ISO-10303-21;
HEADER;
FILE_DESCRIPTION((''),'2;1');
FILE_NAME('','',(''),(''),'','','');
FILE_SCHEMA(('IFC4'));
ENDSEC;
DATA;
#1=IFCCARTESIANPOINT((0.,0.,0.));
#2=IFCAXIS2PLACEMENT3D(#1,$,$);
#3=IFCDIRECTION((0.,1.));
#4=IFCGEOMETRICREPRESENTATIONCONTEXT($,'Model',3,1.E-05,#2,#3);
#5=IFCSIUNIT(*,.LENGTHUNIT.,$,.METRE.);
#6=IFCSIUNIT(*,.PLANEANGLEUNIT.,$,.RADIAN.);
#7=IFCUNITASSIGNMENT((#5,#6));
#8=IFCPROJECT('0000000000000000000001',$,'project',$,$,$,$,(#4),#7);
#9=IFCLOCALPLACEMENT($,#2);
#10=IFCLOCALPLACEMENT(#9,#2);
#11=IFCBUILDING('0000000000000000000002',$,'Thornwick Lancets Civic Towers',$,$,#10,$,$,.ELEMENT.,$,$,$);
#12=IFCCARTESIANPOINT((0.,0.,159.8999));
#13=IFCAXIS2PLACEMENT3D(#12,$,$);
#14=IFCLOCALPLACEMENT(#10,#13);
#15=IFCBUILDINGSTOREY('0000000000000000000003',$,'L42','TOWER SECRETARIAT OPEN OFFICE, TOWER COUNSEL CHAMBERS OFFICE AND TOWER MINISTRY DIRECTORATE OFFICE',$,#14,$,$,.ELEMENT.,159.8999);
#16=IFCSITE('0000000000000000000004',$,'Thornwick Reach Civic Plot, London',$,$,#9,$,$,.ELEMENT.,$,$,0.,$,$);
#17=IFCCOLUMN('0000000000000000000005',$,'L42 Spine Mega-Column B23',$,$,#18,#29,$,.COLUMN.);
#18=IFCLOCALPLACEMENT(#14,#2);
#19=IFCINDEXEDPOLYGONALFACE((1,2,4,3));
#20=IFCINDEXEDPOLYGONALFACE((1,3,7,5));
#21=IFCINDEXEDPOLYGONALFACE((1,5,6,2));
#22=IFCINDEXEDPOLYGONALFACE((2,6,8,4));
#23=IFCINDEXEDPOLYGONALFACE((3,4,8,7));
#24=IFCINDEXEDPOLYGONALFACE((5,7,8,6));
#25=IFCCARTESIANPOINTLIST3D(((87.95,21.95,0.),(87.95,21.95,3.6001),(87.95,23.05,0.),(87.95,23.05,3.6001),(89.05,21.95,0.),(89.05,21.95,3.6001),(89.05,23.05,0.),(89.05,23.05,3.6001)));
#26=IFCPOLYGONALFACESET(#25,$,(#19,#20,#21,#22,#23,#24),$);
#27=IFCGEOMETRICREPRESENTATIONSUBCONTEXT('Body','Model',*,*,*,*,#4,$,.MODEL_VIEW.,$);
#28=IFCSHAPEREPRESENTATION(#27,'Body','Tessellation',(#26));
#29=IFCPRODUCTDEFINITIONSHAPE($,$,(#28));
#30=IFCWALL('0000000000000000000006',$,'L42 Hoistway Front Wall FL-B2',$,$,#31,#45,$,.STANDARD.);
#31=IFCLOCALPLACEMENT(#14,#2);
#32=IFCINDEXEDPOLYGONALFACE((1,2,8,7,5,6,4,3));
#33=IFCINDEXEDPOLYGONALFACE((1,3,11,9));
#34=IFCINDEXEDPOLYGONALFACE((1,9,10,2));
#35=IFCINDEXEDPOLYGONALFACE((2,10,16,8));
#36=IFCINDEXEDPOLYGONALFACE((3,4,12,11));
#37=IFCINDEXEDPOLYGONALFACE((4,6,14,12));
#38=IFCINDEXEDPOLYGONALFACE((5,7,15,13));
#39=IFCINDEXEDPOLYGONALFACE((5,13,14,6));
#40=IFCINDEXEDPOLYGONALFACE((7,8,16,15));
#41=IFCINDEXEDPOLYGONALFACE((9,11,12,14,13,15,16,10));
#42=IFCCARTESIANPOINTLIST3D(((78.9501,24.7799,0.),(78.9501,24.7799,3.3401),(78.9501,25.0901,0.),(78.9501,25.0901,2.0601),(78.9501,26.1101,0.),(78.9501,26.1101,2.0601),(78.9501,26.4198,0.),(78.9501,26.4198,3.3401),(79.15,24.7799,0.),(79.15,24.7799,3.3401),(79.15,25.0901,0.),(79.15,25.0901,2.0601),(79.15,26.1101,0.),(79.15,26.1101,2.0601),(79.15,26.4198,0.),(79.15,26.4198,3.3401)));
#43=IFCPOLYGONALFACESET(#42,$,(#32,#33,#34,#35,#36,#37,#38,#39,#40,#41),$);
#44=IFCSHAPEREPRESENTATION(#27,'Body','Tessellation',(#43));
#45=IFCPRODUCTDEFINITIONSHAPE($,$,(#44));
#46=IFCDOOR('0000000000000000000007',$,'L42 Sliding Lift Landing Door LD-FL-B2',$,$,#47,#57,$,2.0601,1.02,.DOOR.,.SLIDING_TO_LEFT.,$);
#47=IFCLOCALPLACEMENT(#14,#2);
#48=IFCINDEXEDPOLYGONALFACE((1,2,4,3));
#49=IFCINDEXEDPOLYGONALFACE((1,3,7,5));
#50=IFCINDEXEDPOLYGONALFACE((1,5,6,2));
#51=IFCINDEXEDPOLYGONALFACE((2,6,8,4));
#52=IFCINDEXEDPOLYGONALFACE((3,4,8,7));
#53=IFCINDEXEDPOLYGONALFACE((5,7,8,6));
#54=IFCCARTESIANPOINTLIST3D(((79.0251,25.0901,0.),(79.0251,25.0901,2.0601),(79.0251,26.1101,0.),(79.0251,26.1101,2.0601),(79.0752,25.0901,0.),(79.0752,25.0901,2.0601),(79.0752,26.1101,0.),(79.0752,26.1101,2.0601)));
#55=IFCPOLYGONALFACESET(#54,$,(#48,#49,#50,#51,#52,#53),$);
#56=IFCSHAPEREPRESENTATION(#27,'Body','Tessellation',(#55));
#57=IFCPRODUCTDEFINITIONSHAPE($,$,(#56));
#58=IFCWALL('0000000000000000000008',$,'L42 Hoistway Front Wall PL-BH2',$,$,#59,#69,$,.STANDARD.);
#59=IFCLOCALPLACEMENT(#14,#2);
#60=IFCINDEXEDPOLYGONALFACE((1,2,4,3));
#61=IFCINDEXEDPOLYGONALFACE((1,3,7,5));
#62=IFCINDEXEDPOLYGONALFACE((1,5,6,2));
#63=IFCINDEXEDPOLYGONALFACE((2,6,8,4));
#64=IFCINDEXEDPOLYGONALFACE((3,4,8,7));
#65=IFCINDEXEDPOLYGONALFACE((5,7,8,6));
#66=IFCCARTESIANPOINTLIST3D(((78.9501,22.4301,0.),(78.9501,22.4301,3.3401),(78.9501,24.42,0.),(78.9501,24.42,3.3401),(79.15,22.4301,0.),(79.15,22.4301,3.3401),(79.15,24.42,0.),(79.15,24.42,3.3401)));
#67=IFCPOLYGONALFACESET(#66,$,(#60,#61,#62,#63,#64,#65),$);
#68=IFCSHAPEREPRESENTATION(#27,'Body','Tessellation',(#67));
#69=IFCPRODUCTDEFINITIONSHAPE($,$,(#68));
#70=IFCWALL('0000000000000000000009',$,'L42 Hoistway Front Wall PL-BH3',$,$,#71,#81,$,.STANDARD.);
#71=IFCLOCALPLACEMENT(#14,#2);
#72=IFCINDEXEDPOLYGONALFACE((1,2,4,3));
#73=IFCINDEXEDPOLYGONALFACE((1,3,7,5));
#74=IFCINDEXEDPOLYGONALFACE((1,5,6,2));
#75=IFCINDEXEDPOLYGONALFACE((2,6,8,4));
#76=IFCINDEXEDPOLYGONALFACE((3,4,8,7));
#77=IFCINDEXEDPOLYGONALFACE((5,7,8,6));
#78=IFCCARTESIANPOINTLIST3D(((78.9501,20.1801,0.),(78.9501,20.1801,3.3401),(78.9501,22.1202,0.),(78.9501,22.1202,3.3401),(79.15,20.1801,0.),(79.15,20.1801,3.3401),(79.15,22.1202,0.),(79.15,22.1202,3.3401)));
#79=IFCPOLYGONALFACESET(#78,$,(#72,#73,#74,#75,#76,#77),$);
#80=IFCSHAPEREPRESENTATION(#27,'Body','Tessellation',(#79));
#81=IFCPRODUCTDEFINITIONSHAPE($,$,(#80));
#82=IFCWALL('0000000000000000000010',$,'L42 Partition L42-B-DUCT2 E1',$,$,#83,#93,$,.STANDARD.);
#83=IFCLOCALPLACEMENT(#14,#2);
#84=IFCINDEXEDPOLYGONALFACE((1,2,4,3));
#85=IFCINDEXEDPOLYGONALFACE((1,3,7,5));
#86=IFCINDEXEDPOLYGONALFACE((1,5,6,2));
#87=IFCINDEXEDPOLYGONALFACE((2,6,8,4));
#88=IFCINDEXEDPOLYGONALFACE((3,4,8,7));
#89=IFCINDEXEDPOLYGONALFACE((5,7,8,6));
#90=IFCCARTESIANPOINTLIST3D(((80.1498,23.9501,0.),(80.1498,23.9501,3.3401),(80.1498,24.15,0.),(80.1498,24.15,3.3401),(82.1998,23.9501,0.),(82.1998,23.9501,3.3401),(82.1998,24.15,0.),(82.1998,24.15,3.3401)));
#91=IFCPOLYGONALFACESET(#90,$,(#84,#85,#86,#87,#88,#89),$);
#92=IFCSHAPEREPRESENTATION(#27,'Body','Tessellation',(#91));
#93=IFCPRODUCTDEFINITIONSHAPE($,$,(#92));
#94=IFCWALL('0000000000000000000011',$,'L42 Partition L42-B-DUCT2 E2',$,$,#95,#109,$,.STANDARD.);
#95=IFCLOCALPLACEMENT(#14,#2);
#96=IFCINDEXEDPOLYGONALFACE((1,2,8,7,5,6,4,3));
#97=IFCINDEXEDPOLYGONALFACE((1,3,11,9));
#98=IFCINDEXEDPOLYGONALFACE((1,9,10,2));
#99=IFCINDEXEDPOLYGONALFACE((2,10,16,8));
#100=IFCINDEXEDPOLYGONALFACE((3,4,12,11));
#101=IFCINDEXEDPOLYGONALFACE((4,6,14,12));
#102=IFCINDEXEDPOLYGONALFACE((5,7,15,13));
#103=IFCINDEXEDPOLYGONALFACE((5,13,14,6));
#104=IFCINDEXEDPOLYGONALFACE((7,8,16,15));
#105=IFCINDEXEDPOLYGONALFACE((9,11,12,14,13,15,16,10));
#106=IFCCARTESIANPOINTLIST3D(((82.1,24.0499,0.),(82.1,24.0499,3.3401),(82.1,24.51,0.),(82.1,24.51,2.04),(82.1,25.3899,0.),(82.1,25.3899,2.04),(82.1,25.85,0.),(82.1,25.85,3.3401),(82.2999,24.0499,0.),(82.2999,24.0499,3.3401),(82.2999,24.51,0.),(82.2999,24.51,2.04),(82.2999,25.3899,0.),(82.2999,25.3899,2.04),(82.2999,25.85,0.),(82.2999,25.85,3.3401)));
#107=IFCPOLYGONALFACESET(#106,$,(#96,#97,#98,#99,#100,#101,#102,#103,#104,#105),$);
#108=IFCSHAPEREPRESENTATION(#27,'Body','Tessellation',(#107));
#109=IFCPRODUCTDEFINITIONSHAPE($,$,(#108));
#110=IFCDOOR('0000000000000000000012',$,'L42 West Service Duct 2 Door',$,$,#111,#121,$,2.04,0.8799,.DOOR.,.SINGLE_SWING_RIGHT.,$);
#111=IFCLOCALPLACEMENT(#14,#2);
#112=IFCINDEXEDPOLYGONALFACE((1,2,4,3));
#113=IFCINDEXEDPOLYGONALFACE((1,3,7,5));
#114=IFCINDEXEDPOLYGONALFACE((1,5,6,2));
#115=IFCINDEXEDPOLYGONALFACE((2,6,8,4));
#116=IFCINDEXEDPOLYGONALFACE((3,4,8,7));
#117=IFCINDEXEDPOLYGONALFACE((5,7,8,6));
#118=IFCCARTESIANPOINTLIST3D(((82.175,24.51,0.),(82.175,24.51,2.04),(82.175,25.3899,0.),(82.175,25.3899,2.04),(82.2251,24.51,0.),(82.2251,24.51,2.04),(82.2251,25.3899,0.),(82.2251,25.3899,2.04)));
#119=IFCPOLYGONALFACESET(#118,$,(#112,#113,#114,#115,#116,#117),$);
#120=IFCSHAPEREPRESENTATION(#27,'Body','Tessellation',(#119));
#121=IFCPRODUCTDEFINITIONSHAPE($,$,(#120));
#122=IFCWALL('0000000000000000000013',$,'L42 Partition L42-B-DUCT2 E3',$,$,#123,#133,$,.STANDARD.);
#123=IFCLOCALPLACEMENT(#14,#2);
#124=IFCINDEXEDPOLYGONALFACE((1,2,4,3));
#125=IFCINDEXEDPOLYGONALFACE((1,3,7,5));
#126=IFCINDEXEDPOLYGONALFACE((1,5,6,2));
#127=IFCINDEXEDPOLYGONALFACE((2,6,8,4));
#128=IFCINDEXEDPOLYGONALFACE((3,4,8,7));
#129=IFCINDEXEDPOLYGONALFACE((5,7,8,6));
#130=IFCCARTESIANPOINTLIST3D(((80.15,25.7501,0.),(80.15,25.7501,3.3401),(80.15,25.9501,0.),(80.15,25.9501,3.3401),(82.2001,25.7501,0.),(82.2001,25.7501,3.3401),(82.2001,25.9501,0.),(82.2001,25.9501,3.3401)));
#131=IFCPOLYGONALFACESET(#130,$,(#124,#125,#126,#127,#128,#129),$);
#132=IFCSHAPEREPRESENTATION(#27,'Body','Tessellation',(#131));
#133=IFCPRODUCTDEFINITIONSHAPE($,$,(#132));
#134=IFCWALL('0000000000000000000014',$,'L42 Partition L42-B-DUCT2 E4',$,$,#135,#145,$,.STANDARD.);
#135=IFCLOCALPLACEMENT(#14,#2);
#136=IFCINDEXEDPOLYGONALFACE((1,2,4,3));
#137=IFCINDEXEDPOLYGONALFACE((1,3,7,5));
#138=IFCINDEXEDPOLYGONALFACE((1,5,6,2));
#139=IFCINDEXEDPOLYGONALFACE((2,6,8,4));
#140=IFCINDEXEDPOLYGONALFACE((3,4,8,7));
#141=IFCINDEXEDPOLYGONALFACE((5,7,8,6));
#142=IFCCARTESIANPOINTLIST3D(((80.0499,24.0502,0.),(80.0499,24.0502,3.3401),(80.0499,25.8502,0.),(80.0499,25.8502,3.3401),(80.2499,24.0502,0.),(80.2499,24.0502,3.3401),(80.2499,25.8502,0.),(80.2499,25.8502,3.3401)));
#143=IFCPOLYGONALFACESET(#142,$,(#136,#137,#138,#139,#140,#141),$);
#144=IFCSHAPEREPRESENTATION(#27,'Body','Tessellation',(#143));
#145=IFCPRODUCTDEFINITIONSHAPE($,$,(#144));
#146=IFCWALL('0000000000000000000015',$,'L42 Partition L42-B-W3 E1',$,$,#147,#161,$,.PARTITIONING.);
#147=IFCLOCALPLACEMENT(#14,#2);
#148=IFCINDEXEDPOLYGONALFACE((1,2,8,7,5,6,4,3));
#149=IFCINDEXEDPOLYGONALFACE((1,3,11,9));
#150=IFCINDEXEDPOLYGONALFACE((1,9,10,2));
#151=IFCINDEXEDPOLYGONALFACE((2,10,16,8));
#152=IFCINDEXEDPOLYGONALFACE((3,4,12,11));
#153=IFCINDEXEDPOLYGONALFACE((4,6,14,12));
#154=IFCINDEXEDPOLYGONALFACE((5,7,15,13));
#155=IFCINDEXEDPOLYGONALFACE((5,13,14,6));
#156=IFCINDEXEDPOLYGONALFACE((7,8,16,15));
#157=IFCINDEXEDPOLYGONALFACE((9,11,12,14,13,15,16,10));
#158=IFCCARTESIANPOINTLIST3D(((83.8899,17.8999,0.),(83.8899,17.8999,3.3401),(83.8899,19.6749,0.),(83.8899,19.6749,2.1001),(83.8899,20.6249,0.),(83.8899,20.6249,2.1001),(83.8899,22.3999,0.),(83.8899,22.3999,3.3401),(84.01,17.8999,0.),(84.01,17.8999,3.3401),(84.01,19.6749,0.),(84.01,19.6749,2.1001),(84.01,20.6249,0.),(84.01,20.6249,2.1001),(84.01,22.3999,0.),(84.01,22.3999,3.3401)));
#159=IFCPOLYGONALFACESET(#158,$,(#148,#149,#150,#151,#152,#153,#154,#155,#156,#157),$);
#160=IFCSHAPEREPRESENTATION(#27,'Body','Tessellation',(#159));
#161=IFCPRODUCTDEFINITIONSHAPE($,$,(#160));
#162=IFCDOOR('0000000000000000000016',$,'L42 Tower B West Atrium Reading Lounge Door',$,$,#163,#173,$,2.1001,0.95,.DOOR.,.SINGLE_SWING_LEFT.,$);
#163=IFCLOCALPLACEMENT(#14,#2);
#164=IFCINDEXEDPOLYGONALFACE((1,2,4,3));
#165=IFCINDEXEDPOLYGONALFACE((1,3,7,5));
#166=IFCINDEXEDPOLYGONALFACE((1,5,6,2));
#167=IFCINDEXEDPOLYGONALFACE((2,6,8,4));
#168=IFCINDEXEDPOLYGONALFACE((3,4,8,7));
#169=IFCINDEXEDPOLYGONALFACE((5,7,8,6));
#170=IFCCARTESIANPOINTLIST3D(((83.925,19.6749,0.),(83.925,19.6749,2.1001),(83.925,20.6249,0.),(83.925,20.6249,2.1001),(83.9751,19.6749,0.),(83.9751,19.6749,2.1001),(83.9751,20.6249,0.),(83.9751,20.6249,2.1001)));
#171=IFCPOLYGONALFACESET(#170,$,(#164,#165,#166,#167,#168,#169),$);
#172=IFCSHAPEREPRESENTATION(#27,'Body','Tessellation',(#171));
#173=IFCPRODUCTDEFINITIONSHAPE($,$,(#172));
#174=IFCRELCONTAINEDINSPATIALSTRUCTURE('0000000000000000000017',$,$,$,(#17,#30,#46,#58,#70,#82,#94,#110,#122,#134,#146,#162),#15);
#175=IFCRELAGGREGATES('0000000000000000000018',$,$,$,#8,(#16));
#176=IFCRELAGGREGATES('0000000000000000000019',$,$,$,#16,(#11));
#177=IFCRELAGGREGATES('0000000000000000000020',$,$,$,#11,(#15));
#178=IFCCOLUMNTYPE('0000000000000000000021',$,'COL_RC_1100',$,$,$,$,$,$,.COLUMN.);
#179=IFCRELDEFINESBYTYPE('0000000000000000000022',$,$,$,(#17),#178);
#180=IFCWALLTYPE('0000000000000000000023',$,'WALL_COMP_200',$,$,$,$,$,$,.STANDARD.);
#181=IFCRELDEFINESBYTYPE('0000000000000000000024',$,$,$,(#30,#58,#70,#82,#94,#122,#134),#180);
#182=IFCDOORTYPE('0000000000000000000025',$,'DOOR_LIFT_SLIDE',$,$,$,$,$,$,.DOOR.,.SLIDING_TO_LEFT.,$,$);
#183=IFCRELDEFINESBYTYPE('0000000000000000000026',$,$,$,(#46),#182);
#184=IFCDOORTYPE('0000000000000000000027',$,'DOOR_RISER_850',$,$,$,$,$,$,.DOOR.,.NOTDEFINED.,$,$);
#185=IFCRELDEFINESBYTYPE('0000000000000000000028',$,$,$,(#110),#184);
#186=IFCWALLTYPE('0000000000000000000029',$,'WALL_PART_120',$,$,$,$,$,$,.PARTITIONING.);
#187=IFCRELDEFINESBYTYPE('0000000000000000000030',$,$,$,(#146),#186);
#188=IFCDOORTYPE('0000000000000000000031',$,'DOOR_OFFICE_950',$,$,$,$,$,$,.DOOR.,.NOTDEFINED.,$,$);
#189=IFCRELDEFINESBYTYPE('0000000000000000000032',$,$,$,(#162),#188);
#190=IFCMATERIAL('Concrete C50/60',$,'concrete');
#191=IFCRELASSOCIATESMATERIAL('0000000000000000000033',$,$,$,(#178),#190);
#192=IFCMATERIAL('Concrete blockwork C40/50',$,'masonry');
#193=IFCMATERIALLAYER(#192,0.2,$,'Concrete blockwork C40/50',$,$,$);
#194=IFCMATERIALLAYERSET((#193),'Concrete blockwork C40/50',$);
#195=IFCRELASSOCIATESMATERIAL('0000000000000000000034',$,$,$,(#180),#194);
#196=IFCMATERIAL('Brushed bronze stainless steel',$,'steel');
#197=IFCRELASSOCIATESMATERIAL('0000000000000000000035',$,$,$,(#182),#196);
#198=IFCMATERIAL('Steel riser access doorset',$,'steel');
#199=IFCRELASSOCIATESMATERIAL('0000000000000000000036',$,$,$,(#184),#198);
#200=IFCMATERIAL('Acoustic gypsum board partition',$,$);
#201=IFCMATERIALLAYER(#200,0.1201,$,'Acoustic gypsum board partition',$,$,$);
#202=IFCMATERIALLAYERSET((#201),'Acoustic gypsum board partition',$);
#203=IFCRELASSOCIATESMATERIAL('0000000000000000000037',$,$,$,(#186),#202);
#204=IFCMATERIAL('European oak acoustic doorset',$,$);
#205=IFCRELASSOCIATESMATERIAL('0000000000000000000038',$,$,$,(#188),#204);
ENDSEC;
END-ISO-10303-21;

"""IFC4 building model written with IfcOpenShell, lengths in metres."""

from ifc_helpers import new_model, si_unit, direction, frame, frame_2d, origin, origin_2d, place, context, subcontext, project, spatial, rectangle, extrude, material, layer, layer_set, material_profile, profile_set, type_object, element, fill, save


model = new_model("IFC4")

# Units and contexts
model_context = context("Model", 3, precision=1e-05, world=origin(), true_north=direction((0.0, 1.0)))
body_context = subcontext(model_context, "Body", "Model", "MODEL_VIEW")
ifc_project = project(units=[si_unit("LENGTHUNIT", "METRE"), si_unit("PLANEANGLEUNIT", "RADIAN")], contexts=[model_context])

# Site, building, storey
site_placement = place(None, origin())
site = spatial("IfcSite", under=ifc_project, at=site_placement, Name="Thornwick Reach Civic Plot, London", CompositionType="ELEMENT", RefElevation=0.0)
building_placement = place(site_placement, origin())
building = spatial("IfcBuilding", under=site, at=building_placement, Name="Thornwick Lancets Civic Towers", CompositionType="ELEMENT")
storey_placement = place(building_placement, frame((0.0, 0.0, 159.8999)))
storey = spatial("IfcBuildingStorey", under=building, at=storey_placement, Name="L42", Description="TOWER SECRETARIAT OPEN OFFICE, TOWER COUNSEL CHAMBERS OFFICE AND TOWER MINISTRY DIRECTORATE OFFICE", CompositionType="ELEMENT", Elevation=159.8999)

# Column
ifc_material_1 = material(Name="Concrete C50/60", Category="concrete")
ifc_material_profile = material_profile(ifc_material_1, rectangle(XDim=1.1001, YDim=1.1001, at=origin_2d()), Name="RC 1100x1100")
ifc_profile_set = profile_set([ifc_material_profile], Name="Concrete C50/60")
column_type = type_object("IfcColumnType", Name="COL_RC_1100", PredefinedType="COLUMN", material=ifc_profile_set)
column_placement = place(storey_placement, frame((88.5, 22.5, 0.0), z_axis=(0.0, 0.0, 1.0), x_axis=(1.0, 0.0, 0.0)))
element("IfcColumn", 1, at=column_placement, inside=storey, type_object=column_type, Name="L42 Spine Mega-Column B23", PredefinedType="COLUMN", context=body_context, shape_type="SweptSolid", body=[
    extrude(rectangle(XDim=1.1001, YDim=1.1001, at=origin_2d()), origin(), (0.0, 0.0, 1.0), 3.6001),
])

# Wall, opening, door
ifc_material_2 = material(Name="Concrete blockwork C40/50", Category="masonry")
ifc_layer_1 = layer(ifc_material_2, 0.2, Name="Concrete blockwork C40/50")
ifc_layer_set_1 = layer_set([ifc_layer_1], Name="Concrete blockwork C40/50")
wall_type_1 = type_object("IfcWallType", Name="WALL_COMP_200", PredefinedType="STANDARD", material=ifc_layer_set_1)
wall_1_placement = place(storey_placement, frame((79.05, 24.78, 0.0), z_axis=(0.0, 0.0, 1.0), x_axis=(0.0, 1.0, 0.0)))
wall_1 = element("IfcWall", 2, at=wall_1_placement, inside=storey, type_object=wall_type_1, Name="L42 Hoistway Front Wall FL-B2", PredefinedType="STANDARD", context=body_context, shape_type="SweptSolid", body=[
    extrude(rectangle(XDim=1.6399, YDim=0.2, at=frame_2d((0.8198, 0.0))), origin(), (0.0, 0.0, 1.0), 3.3401),
])
opening_1_placement = place(wall_1_placement, frame((0.3101, 0.0, 0.0)))
opening_1 = element("IfcOpeningElement", 3, at=opening_1_placement, cuts=wall_1, PredefinedType="OPENING", context=body_context, shape_type="SweptSolid", body=[
    extrude(rectangle(XDim=1.02, YDim=2.0601, at=frame_2d((0.51, 1.03))), frame((0.0, 0.1099, 0.0), z_axis=(0.0, -1.0, 0.0), x_axis=(1.0, 0.0, 0.0)), (0.0, 0.0, 1.0), 0.22),
])
ifc_material_3 = material(Name="Brushed bronze stainless steel", Category="steel")
door_type_1 = type_object("IfcDoorType", Name="DOOR_LIFT_SLIDE", OperationType="SLIDING_TO_LEFT", PredefinedType="DOOR", material=ifc_material_3)
door_1_placement = place(opening_1_placement, origin())
door_1 = element("IfcDoor", 4, at=door_1_placement, inside=storey, type_object=door_type_1, Name="L42 Sliding Lift Landing Door LD-FL-B2", OperationType="SLIDING_TO_LEFT", OverallHeight=2.0601, OverallWidth=1.02, PredefinedType="DOOR", context=body_context, shape_type="SweptSolid", body=[
    extrude(rectangle(XDim=1.02, YDim=2.0601, at=frame_2d((0.51, 1.03))), frame((0.0, 0.0249, 0.0), z_axis=(0.0, -1.0, 0.0), x_axis=(1.0, 0.0, 0.0)), (0.0, 0.0, 1.0), 0.05),
])
fill(opening_1, door_1)

# Walls
wall_2_placement = place(storey_placement, frame((79.05, 22.4299, 0.0), z_axis=(0.0, 0.0, 1.0), x_axis=(0.0, 1.0, 0.0)))
element("IfcWall", 5, at=wall_2_placement, inside=storey, type_object=wall_type_1, Name="L42 Hoistway Front Wall PL-BH2", PredefinedType="STANDARD", context=body_context, shape_type="SweptSolid", body=[
    extrude(rectangle(XDim=1.99, YDim=0.2, at=frame_2d((0.9951, 0.0))), origin(), (0.0, 0.0, 1.0), 3.3401),
])
wall_3_placement = place(storey_placement, frame((79.05, 20.1799, 0.0), z_axis=(0.0, 0.0, 1.0), x_axis=(0.0, 1.0, 0.0)))
element("IfcWall", 6, at=wall_3_placement, inside=storey, type_object=wall_type_1, Name="L42 Hoistway Front Wall PL-BH3", PredefinedType="STANDARD", context=body_context, shape_type="SweptSolid", body=[
    extrude(rectangle(XDim=1.9402, YDim=0.2, at=frame_2d((0.9702, 0.0))), origin(), (0.0, 0.0, 1.0), 3.3401),
])
wall_4_placement = place(storey_placement, frame((80.1499, 24.05, 0.0), z_axis=(0.0, 0.0, 1.0), x_axis=(1.0, 0.0, 0.0)))
element("IfcWall", 7, at=wall_4_placement, inside=storey, type_object=wall_type_1, Name="L42 Partition L42-B-DUCT2 E1", PredefinedType="STANDARD", context=body_context, shape_type="SweptSolid", body=[
    extrude(rectangle(XDim=2.05, YDim=0.2, at=frame_2d((1.0249, 0.0))), origin(), (0.0, 0.0, 1.0), 3.3401),
])

# Wall, opening, door
wall_5_placement = place(storey_placement, frame((82.2, 24.05, 0.0), z_axis=(0.0, 0.0, 1.0), x_axis=(0.0, 1.0, 0.0)))
wall_5 = element("IfcWall", 8, at=wall_5_placement, inside=storey, type_object=wall_type_1, Name="L42 Partition L42-B-DUCT2 E2", PredefinedType="STANDARD", context=body_context, shape_type="SweptSolid", body=[
    extrude(rectangle(XDim=1.8, YDim=0.2, at=frame_2d((0.8999, 0.0))), origin(), (0.0, 0.0, 1.0), 3.3401),
])
opening_2_placement = place(wall_5_placement, frame((0.46, 0.0, 0.0)))
opening_2 = element("IfcOpeningElement", 9, at=opening_2_placement, cuts=wall_5, PredefinedType="OPENING", context=body_context, shape_type="SweptSolid", body=[
    extrude(rectangle(XDim=0.8799, YDim=2.04, at=frame_2d((0.4399, 1.02))), frame((0.0, 0.1099, 0.0), z_axis=(0.0, -1.0, 0.0), x_axis=(1.0, 0.0, 0.0)), (0.0, 0.0, 1.0), 0.22),
])
ifc_material_4 = material(Name="Steel riser access doorset", Category="steel")
door_type_2 = type_object("IfcDoorType", Name="DOOR_RISER_850", OperationType="NOTDEFINED", PredefinedType="DOOR", material=ifc_material_4)
door_2_placement = place(opening_2_placement, origin())
door_2 = element("IfcDoor", 10, at=door_2_placement, inside=storey, type_object=door_type_2, Name="L42 West Service Duct 2 Door", OperationType="SINGLE_SWING_RIGHT", OverallHeight=2.04, OverallWidth=0.8799, PredefinedType="DOOR", context=body_context, shape_type="SweptSolid", body=[
    extrude(rectangle(XDim=0.8799, YDim=2.04, at=frame_2d((0.4399, 1.02))), frame((0.0, 0.0249, 0.0), z_axis=(0.0, -1.0, 0.0), x_axis=(1.0, 0.0, 0.0)), (0.0, 0.0, 1.0), 0.05),
])
fill(opening_2, door_2)

# Walls
wall_6_placement = place(storey_placement, frame((82.2, 25.8501, 0.0), z_axis=(0.0, 0.0, 1.0), x_axis=(-1.0, 0.0, 0.0)))
element("IfcWall", 11, at=wall_6_placement, inside=storey, type_object=wall_type_1, Name="L42 Partition L42-B-DUCT2 E3", PredefinedType="STANDARD", context=body_context, shape_type="SweptSolid", body=[
    extrude(rectangle(XDim=2.05, YDim=0.2, at=frame_2d((1.0249, 0.0))), origin(), (0.0, 0.0, 1.0), 3.3401),
])
wall_7_placement = place(storey_placement, frame((80.1499, 25.8501, 0.0), z_axis=(0.0, 0.0, 1.0), x_axis=(0.0, -1.0, 0.0)))
element("IfcWall", 12, at=wall_7_placement, inside=storey, type_object=wall_type_1, Name="L42 Partition L42-B-DUCT2 E4", PredefinedType="STANDARD", context=body_context, shape_type="SweptSolid", body=[
    extrude(rectangle(XDim=1.8, YDim=0.2, at=frame_2d((0.8999, 0.0))), origin(), (0.0, 0.0, 1.0), 3.3401),
])

# Wall, opening, door
ifc_material_5 = material(Name="Acoustic gypsum board partition")
ifc_layer_2 = layer(ifc_material_5, 0.1201, Name="Acoustic gypsum board partition")
ifc_layer_set_2 = layer_set([ifc_layer_2], Name="Acoustic gypsum board partition")
wall_type_2 = type_object("IfcWallType", Name="WALL_PART_120", PredefinedType="PARTITIONING", material=ifc_layer_set_2)
wall_8_placement = place(storey_placement, frame((83.95, 17.8999, 0.0), z_axis=(0.0, 0.0, 1.0), x_axis=(0.0, 1.0, 0.0)))
wall_8 = element("IfcWall", 13, at=wall_8_placement, inside=storey, type_object=wall_type_2, Name="L42 Partition L42-B-W3 E1", PredefinedType="PARTITIONING", context=body_context, shape_type="SweptSolid", body=[
    extrude(rectangle(XDim=4.5, YDim=0.1201, at=frame_2d((2.25, 0.0))), origin(), (0.0, 0.0, 1.0), 3.3401),
])
opening_3_placement = place(wall_8_placement, frame((1.7749, 0.0, 0.0)))
opening_3 = element("IfcOpeningElement", 14, at=opening_3_placement, cuts=wall_8, PredefinedType="OPENING", context=body_context, shape_type="SweptSolid", body=[
    extrude(rectangle(XDim=0.95, YDim=2.1001, at=frame_2d((0.4751, 1.05))), frame((0.0, 0.0701, 0.0), z_axis=(0.0, -1.0, 0.0), x_axis=(1.0, 0.0, 0.0)), (0.0, 0.0, 1.0), 0.1401),
])
ifc_material_6 = material(Name="European oak acoustic doorset")
door_type_3 = type_object("IfcDoorType", Name="DOOR_OFFICE_950", OperationType="NOTDEFINED", PredefinedType="DOOR", material=ifc_material_6)
door_3_placement = place(opening_3_placement, origin())
door_3 = element("IfcDoor", 15, at=door_3_placement, inside=storey, type_object=door_type_3, Name="L42 Tower B West Atrium Reading Lounge Door", OperationType="SINGLE_SWING_LEFT", OverallHeight=2.1001, OverallWidth=0.95, PredefinedType="DOOR", context=body_context, shape_type="SweptSolid", body=[
    extrude(rectangle(XDim=0.95, YDim=2.1001, at=frame_2d((0.4751, 1.05))), frame((0.0, 0.0249, 0.0), z_axis=(0.0, -1.0, 0.0), x_axis=(1.0, 0.0, 0.0)), (0.0, 0.0, 1.0), 0.05),
])
fill(opening_3, door_3)

save(model, "model.ifc")
